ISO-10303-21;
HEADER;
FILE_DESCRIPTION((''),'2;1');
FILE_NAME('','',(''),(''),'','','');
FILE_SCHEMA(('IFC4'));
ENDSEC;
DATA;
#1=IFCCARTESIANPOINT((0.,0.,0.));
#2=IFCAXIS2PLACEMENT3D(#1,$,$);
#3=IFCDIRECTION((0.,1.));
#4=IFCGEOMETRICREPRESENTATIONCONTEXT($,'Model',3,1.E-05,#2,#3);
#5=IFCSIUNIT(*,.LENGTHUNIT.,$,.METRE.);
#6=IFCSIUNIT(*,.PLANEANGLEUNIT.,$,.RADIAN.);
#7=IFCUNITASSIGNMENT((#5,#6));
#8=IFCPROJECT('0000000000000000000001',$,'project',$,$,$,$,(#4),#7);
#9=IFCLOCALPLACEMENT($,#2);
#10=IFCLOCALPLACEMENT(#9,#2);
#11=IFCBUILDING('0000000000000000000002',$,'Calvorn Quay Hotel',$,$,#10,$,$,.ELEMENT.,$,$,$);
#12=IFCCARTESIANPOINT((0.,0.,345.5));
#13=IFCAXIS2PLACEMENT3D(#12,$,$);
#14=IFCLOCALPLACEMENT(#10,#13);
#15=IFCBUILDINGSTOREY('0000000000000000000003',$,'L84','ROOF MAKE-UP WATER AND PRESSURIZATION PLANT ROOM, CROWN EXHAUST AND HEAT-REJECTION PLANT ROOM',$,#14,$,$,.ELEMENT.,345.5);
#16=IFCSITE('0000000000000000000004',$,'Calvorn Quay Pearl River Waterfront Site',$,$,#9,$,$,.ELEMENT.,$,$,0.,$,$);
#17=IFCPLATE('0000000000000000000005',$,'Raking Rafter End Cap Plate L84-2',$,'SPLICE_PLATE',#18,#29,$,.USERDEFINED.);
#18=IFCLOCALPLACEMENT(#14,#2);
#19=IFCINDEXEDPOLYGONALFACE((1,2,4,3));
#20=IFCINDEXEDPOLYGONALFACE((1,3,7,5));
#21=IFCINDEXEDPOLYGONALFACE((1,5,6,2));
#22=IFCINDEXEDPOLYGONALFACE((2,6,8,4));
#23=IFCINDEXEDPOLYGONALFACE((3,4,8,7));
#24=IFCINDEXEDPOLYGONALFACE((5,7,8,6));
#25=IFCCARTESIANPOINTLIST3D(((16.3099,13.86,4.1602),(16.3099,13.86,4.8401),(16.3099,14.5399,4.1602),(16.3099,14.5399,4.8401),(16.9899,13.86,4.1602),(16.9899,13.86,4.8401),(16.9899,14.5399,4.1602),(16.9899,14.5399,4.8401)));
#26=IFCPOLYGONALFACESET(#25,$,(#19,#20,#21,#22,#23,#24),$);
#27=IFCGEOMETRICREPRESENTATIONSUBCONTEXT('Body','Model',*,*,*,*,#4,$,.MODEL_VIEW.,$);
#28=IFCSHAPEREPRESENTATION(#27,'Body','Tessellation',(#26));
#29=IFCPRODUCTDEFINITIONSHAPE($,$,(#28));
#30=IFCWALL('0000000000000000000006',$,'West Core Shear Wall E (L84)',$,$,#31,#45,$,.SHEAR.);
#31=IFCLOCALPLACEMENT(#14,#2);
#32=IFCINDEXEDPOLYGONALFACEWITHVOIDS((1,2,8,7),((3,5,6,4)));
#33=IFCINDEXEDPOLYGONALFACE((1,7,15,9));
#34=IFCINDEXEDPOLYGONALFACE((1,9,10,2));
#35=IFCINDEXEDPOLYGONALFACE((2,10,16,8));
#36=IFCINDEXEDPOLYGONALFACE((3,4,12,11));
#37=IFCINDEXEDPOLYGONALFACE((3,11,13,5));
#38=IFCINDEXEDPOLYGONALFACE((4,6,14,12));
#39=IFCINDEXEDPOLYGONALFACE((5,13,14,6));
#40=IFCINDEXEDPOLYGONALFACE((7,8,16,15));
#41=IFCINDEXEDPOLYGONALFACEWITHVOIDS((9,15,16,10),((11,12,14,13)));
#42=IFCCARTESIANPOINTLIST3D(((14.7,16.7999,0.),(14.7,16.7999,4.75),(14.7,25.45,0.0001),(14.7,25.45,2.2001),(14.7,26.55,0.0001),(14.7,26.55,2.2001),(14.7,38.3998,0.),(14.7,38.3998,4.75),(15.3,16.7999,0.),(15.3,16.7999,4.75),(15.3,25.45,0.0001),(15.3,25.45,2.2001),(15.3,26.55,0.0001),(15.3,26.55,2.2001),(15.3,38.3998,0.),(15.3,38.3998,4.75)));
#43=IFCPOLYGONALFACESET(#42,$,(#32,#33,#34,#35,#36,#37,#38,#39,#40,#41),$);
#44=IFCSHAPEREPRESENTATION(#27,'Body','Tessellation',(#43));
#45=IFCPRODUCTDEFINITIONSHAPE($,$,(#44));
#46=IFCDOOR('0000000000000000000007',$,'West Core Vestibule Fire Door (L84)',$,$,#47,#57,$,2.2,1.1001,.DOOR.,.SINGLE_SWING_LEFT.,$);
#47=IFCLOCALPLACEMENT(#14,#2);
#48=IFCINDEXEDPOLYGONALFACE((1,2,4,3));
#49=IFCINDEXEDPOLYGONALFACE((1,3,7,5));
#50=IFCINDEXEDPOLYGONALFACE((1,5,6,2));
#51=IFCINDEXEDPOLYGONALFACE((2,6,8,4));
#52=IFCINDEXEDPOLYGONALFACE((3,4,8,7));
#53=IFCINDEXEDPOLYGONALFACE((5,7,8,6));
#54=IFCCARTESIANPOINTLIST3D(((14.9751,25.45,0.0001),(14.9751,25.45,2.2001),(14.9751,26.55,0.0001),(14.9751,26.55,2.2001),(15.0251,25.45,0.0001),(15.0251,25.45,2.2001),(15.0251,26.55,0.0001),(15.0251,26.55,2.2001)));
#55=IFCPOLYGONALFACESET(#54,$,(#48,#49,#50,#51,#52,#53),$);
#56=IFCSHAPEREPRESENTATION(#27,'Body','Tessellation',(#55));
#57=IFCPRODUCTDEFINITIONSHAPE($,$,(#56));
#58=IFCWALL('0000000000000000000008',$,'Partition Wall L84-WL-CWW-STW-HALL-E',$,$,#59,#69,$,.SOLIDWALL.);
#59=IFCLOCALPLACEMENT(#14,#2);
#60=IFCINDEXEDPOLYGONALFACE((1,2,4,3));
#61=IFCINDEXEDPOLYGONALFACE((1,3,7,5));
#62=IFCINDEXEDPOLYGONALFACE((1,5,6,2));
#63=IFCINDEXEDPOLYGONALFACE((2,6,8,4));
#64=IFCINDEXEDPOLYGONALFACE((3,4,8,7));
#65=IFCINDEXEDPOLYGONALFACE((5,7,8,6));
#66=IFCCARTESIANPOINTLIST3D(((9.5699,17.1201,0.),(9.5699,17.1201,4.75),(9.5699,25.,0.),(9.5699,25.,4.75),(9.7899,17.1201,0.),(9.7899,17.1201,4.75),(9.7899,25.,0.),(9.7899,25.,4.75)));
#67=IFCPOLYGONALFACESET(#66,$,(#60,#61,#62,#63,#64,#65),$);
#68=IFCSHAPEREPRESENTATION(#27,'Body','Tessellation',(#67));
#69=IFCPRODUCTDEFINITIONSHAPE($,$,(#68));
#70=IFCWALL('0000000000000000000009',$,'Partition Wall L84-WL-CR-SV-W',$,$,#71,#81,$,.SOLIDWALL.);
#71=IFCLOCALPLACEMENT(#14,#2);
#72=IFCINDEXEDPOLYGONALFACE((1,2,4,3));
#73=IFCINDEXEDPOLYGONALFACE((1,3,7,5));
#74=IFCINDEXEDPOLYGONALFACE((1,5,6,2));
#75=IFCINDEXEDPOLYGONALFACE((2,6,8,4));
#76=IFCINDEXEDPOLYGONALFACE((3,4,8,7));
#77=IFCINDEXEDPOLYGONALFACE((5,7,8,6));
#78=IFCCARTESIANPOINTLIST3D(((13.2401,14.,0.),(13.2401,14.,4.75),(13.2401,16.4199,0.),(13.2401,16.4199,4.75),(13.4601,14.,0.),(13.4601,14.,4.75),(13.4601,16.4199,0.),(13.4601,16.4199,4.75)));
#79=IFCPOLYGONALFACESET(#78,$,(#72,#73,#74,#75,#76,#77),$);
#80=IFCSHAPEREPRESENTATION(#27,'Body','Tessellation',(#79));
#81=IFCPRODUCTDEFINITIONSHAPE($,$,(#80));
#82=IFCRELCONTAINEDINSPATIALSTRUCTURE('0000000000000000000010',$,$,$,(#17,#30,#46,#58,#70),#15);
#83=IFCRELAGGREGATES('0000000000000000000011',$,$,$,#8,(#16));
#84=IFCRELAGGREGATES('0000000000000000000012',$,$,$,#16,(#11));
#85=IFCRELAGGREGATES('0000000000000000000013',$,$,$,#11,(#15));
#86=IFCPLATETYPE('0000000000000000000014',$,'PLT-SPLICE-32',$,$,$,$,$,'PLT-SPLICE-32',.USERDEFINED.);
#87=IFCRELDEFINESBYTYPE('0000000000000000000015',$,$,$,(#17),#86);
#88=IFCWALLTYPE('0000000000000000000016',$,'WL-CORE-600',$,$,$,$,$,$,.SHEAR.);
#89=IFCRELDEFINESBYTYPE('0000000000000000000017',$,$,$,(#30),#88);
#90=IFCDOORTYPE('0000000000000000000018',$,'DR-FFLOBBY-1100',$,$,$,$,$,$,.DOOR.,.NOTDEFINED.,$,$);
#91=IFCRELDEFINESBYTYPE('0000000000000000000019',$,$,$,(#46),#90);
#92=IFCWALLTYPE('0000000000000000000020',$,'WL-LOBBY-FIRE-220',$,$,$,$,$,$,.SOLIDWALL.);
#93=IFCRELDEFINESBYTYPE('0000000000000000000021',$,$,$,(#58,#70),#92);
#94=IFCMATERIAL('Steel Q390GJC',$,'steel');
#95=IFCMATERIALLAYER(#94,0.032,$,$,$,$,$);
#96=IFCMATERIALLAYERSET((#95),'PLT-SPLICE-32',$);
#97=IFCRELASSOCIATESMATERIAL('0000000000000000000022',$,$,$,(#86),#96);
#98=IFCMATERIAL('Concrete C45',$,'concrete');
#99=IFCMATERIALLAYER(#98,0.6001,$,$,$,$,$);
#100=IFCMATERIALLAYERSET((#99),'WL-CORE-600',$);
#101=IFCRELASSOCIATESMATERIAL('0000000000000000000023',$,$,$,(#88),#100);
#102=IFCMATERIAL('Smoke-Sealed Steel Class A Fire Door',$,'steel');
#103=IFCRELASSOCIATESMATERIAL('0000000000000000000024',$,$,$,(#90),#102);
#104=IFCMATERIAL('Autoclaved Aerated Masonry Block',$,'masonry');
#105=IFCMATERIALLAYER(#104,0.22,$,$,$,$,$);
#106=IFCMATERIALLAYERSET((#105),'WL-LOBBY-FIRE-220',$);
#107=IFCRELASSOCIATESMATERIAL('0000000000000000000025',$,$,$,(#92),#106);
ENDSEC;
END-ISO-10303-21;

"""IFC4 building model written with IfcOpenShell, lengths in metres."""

from ifc_helpers import new_model, si_unit, direction, frame, frame_2d, origin, origin_2d, place, context, subcontext, project, spatial, rectangle, extrude, material, layer, layer_set, type_object, element, fill, save


model = new_model("IFC4")

# Units and contexts
model_context = context("Model", 3, precision=1e-05, world=origin(), true_north=direction((0.0, 1.0)))
body_context = subcontext(model_context, "Body", "Model", "MODEL_VIEW")
ifc_project = project(units=[si_unit("LENGTHUNIT", "METRE"), si_unit("PLANEANGLEUNIT", "RADIAN")], contexts=[model_context])

# Site, building, storey
site_placement = place(None, origin())
site = spatial("IfcSite", under=ifc_project, at=site_placement, Name="Calvorn Quay Pearl River Waterfront Site", CompositionType="ELEMENT", RefElevation=0.0)
building_placement = place(site_placement, origin())
building = spatial("IfcBuilding", under=site, at=building_placement, Name="Calvorn Quay Hotel", CompositionType="ELEMENT")
storey_placement = place(building_placement, frame((0.0, 0.0, 345.5)))
storey = spatial("IfcBuildingStorey", under=building, at=storey_placement, Name="L84", Description="ROOF MAKE-UP WATER AND PRESSURIZATION PLANT ROOM, CROWN EXHAUST AND HEAT-REJECTION PLANT ROOM", CompositionType="ELEMENT", Elevation=345.5)

# Plate
ifc_material_1 = material(Name="Steel Q390GJC", Category="steel")
ifc_layer_1 = layer(ifc_material_1, 0.032)
ifc_layer_set_1 = layer_set([ifc_layer_1], Name="PLT-SPLICE-32")
plate_type_1 = type_object("IfcPlateType", Name="PLT-SPLICE-32", ElementType="PLT-SPLICE-32", PredefinedType="USERDEFINED", material=ifc_layer_set_1)
plate_1_placement = place(storey_placement, frame((16.6499, 14.2, 4.1602), z_axis=(0.0, 0.0, 1.0), x_axis=(1.0, 0.0, 0.0)))
element("IfcPlate", 1, at=plate_1_placement, inside=storey, type_object=plate_type_1, Name="Raking Rafter End Cap Plate L84-2", ObjectType="SPLICE_PLATE", PredefinedType="USERDEFINED", context=body_context, shape_type="SweptSolid", body=[
    extrude(rectangle(XDim=0.6799, YDim=0.6799, at=origin_2d()), origin(), (0.0, 0.0, 1.0), 0.6799),
])

# Wall, opening, door
ifc_material_2 = material(Name="Concrete C45", Category="concrete")
ifc_layer_2 = layer(ifc_material_2, 0.6001)
ifc_layer_set_2 = layer_set([ifc_layer_2], Name="WL-CORE-600")
wall_type_1 = type_object("IfcWallType", Name="WL-CORE-600", PredefinedType="SHEAR", material=ifc_layer_set_2)
wall_1_placement = place(storey_placement, frame((15.0, 16.8, 0.0), z_axis=(0.0, 0.0, 1.0), x_axis=(0.0, 1.0, 0.0)))
wall_1 = element("IfcWall", 2, at=wall_1_placement, inside=storey, type_object=wall_type_1, Name="West Core Shear Wall E (L84)", PredefinedType="SHEAR", context=body_context, shape_type="SweptSolid", body=[
    extrude(rectangle(XDim=21.5999, YDim=0.6001, at=frame_2d((10.7998, 0.0))), origin(), (0.0, 0.0, 1.0), 4.75),
])
opening_placement = place(wall_1_placement, frame((8.6499, 0.0, 0.0)))
opening = element("IfcOpeningElement", 3, at=opening_placement, cuts=wall_1, PredefinedType="OPENING", context=body_context, shape_type="SweptSolid", body=[
    extrude(rectangle(XDim=1.1001, YDim=2.2, at=frame_2d((0.55, 1.1001))), frame((0.0, 0.3101, 0.0), z_axis=(0.0, -1.0, 0.0), x_axis=(1.0, 0.0, 0.0)), (0.0, 0.0, 1.0), 0.6201),
])
ifc_material_3 = material(Name="Smoke-Sealed Steel Class A Fire Door", Category="steel")
door_type = type_object("IfcDoorType", Name="DR-FFLOBBY-1100", OperationType="NOTDEFINED", PredefinedType="DOOR", material=ifc_material_3)
door_placement = place(opening_placement, origin())
door = element("IfcDoor", 4, at=door_placement, inside=storey, type_object=door_type, Name="West Core Vestibule Fire Door (L84)", OperationType="SINGLE_SWING_LEFT", OverallHeight=2.2, OverallWidth=1.1001, PredefinedType="DOOR", context=body_context, shape_type="SweptSolid", body=[
    extrude(rectangle(XDim=1.1001, YDim=2.2, at=frame_2d((0.55, 1.1001))), frame((0.0, 0.0249, 0.0), z_axis=(0.0, -1.0, 0.0), x_axis=(1.0, 0.0, 0.0)), (0.0, 0.0, 1.0), 0.05),
])
fill(opening, door)

# Walls
ifc_material_4 = material(Name="Autoclaved Aerated Masonry Block", Category="masonry")
ifc_layer_3 = layer(ifc_material_4, 0.22)
ifc_layer_set_3 = layer_set([ifc_layer_3], Name="WL-LOBBY-FIRE-220")
wall_type_2 = type_object("IfcWallType", Name="WL-LOBBY-FIRE-220", PredefinedType="SOLIDWALL", material=ifc_layer_set_3)
wall_2_placement = place(storey_placement, frame((9.6799, 17.1201, 0.0), z_axis=(0.0, 0.0, 1.0), x_axis=(0.0, 1.0, 0.0)))
element("IfcWall", 5, at=wall_2_placement, inside=storey, type_object=wall_type_2, Name="Partition Wall L84-WL-CWW-STW-HALL-E", PredefinedType="SOLIDWALL", context=body_context, shape_type="SweptSolid", body=[
    extrude(rectangle(XDim=7.8799, YDim=0.22, at=frame_2d((3.9399, 0.0))), origin(), (0.0, 0.0, 1.0), 4.75),
])
wall_3_placement = place(storey_placement, frame((13.3501, 14.0, 0.0), z_axis=(0.0, 0.0, 1.0), x_axis=(0.0, 1.0, 0.0)))
element("IfcWall", 6, at=wall_3_placement, inside=storey, type_object=wall_type_2, Name="Partition Wall L84-WL-CR-SV-W", PredefinedType="SOLIDWALL", context=body_context, shape_type="SweptSolid", body=[
    extrude(rectangle(XDim=2.4199, YDim=0.22, at=frame_2d((1.21, 0.0))), origin(), (0.0, 0.0, 1.0), 4.75),
])

save(model, "model.ifc")
